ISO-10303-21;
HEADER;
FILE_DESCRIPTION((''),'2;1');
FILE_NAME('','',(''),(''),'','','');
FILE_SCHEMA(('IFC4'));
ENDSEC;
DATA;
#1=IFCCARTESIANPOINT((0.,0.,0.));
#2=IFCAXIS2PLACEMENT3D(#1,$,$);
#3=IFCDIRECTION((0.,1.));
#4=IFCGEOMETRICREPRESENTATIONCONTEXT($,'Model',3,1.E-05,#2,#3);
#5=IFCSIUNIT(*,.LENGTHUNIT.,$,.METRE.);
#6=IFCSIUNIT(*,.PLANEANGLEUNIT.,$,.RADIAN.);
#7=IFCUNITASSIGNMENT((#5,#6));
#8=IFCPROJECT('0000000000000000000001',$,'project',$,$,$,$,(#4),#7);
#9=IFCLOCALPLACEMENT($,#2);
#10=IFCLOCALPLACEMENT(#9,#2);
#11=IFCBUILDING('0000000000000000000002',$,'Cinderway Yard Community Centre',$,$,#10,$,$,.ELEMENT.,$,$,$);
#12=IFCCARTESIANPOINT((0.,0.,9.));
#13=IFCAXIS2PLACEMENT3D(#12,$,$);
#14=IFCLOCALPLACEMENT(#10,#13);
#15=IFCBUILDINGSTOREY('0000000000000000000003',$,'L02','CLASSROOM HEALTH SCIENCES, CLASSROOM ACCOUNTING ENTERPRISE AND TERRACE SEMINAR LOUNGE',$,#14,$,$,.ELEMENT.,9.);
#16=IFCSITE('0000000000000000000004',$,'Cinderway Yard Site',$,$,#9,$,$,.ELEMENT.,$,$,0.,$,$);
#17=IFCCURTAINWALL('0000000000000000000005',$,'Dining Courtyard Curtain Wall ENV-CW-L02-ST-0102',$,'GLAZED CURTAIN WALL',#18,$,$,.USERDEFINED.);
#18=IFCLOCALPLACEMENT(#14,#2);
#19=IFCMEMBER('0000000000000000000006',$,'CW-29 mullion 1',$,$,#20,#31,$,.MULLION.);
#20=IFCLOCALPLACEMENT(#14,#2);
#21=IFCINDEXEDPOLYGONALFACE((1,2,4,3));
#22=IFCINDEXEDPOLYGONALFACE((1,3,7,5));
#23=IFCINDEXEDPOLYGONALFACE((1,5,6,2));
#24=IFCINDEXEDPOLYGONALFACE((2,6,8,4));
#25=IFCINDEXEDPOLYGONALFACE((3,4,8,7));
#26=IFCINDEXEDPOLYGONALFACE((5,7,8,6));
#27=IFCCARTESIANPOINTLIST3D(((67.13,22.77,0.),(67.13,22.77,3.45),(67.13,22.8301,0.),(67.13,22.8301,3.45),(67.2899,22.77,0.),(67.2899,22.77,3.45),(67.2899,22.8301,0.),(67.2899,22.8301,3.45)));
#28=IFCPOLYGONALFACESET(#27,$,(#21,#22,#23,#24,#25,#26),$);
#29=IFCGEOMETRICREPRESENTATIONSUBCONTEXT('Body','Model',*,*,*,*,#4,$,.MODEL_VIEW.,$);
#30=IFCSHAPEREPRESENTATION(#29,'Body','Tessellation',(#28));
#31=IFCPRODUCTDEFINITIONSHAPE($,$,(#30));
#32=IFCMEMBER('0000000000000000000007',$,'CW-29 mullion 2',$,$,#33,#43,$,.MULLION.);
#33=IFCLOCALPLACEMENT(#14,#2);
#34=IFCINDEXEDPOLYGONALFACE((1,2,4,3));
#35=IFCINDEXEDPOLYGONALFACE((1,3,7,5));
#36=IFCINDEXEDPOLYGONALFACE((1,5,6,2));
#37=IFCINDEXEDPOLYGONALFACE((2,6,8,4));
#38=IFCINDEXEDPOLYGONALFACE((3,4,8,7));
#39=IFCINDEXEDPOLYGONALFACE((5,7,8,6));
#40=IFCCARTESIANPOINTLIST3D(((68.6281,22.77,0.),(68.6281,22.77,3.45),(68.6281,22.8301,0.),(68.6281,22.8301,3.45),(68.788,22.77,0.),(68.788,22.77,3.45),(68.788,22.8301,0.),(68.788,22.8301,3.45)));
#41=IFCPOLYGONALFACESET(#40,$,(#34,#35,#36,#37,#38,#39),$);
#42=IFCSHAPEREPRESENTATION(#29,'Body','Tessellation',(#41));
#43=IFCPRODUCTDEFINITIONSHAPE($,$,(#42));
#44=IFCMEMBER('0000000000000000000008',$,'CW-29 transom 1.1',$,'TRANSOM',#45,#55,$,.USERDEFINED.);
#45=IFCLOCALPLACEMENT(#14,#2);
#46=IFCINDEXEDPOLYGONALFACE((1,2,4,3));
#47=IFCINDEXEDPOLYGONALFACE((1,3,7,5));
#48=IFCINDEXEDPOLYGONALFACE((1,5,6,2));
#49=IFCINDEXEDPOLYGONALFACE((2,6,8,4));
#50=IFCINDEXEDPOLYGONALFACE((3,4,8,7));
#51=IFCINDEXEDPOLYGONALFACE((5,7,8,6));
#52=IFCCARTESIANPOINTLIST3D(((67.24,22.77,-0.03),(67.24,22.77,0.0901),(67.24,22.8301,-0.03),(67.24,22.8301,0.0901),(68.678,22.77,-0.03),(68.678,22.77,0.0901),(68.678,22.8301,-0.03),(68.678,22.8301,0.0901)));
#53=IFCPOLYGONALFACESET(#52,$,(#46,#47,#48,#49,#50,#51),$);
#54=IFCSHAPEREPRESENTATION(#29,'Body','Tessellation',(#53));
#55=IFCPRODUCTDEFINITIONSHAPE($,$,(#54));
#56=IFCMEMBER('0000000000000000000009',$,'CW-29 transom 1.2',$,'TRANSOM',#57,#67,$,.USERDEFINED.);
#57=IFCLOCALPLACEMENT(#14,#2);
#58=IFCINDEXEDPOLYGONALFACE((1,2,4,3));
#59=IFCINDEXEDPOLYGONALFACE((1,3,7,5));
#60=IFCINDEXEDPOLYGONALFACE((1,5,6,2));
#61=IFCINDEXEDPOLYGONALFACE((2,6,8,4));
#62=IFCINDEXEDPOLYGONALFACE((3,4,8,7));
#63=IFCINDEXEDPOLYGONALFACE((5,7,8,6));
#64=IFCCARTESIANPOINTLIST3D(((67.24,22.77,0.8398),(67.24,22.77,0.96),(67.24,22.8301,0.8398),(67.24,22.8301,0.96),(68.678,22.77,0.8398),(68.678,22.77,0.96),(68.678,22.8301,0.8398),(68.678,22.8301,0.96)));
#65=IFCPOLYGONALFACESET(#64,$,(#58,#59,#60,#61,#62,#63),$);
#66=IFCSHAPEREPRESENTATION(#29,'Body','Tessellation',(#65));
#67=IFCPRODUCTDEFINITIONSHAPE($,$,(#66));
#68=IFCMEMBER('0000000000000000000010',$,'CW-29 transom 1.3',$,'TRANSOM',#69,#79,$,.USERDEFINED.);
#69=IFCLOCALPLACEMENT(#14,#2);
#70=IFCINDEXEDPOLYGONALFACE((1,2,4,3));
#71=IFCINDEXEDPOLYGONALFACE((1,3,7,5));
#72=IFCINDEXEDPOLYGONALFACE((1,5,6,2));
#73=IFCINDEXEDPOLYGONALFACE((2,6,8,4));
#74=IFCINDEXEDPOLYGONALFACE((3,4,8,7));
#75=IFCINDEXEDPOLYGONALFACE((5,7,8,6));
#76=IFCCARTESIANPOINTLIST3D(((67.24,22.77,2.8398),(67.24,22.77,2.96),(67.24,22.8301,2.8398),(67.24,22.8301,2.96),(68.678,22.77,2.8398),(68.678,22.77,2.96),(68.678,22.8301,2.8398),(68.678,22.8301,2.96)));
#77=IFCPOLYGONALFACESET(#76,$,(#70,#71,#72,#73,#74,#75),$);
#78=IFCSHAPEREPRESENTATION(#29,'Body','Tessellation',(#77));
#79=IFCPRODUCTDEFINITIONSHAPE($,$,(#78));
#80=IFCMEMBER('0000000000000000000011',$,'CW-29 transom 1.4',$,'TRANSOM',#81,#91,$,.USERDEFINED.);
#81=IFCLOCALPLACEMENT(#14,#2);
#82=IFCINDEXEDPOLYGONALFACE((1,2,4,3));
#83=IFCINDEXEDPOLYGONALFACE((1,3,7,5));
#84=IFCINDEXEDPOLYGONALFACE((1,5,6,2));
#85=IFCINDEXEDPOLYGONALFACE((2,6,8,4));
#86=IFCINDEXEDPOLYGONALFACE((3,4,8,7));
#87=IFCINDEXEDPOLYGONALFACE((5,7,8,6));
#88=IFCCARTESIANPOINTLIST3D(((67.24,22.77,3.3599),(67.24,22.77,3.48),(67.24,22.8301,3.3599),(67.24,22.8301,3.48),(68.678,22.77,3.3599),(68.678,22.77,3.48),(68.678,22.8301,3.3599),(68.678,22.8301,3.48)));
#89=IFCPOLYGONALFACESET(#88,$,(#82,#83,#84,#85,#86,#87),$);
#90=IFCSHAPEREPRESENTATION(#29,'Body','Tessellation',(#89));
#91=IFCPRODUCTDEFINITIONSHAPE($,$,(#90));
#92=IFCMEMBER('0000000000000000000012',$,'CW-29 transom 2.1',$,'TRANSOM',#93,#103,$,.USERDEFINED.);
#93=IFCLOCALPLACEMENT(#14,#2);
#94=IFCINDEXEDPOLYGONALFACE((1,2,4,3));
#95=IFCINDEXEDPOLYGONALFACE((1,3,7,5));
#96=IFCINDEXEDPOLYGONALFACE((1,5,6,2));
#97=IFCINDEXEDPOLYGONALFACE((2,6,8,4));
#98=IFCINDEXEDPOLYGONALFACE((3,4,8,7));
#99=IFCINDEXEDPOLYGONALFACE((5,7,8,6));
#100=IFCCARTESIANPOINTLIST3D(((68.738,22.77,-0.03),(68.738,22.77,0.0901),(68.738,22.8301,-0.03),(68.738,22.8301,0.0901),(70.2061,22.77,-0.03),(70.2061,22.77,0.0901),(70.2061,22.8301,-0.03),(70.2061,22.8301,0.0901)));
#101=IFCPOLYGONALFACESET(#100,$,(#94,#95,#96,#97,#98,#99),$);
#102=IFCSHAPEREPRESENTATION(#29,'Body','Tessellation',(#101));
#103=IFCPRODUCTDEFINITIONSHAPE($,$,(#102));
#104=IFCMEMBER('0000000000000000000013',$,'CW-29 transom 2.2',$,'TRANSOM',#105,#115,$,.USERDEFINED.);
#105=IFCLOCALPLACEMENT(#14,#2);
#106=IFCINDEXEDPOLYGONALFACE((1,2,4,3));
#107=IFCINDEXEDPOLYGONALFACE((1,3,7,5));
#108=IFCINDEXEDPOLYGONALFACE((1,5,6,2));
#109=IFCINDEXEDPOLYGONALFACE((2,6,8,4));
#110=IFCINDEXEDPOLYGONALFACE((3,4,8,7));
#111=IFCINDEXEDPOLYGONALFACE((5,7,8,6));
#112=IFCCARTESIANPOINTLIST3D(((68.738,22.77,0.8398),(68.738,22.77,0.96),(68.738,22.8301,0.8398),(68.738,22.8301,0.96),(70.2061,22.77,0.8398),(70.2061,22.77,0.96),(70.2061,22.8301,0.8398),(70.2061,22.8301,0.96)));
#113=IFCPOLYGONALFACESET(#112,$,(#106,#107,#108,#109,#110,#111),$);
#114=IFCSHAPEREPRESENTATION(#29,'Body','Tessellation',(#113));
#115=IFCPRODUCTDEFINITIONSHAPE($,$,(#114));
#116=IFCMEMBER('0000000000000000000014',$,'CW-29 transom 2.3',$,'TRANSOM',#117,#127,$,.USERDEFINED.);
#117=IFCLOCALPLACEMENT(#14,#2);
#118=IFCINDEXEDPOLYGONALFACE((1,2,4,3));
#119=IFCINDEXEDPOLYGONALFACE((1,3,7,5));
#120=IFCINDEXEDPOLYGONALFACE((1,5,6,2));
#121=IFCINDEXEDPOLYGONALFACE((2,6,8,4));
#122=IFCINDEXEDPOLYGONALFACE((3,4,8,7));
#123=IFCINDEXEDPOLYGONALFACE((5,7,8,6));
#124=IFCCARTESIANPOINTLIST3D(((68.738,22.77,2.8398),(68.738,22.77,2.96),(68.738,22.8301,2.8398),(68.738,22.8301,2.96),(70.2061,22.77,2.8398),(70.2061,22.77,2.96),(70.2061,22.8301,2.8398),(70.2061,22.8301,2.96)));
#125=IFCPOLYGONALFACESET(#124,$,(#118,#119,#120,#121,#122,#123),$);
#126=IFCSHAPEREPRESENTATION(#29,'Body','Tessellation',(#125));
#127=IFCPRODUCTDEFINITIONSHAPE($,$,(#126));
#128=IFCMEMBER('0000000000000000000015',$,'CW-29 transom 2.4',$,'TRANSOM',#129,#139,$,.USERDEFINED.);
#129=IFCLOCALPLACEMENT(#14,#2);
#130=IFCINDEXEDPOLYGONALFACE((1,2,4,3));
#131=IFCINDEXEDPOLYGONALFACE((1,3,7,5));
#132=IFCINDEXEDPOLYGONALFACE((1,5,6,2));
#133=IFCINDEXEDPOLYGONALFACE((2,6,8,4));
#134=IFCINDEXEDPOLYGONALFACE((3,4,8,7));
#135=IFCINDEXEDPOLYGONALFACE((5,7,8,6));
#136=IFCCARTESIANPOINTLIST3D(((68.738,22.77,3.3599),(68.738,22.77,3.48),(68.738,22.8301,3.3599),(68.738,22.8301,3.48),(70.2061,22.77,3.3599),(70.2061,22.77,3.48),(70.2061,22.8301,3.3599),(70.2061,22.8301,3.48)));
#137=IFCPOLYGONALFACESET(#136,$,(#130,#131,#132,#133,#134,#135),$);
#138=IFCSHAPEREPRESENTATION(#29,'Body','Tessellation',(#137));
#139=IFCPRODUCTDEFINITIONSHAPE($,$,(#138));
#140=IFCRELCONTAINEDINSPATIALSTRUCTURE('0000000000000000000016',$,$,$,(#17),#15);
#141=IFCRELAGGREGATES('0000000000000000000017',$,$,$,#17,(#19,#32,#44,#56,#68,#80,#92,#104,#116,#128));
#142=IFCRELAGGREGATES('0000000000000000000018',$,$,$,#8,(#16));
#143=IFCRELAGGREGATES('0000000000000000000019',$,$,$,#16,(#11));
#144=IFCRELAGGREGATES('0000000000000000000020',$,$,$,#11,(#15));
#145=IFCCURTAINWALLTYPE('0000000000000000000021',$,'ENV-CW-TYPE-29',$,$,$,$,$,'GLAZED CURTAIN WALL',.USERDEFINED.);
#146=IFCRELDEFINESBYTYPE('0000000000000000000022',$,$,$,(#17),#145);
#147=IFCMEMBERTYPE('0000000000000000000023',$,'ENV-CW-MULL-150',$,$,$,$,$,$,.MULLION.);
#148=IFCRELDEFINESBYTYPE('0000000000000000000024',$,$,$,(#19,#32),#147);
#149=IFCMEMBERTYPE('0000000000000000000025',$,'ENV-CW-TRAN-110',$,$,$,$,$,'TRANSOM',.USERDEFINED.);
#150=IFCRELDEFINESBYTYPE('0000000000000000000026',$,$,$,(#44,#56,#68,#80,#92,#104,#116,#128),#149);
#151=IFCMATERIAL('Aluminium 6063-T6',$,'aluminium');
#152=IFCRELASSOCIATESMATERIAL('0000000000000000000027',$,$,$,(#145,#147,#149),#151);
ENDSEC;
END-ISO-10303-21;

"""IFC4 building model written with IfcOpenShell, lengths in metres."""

from ifc_helpers import new_model, si_unit, direction, frame, origin, origin_2d, place, context, subcontext, project, spatial, rectangle, extrude, material, material_profile, profile_set, type_object, element, aggregate, save


model = new_model("IFC4")

# Units and contexts
model_context = context("Model", 3, precision=1e-05, world=origin(), true_north=direction((0.0, 1.0)))
body_context = subcontext(model_context, "Body", "Model", "MODEL_VIEW")
ifc_project = project(units=[si_unit("LENGTHUNIT", "METRE"), si_unit("PLANEANGLEUNIT", "RADIAN")], contexts=[model_context])

# Site, building, storey
site_placement = place(None, origin())
site = spatial("IfcSite", under=ifc_project, at=site_placement, Name="Cinderway Yard Site", CompositionType="ELEMENT", RefElevation=0.0)
building_placement = place(site_placement, origin())
building = spatial("IfcBuilding", under=site, at=building_placement, Name="Cinderway Yard Community Centre", CompositionType="ELEMENT")
storey_placement = place(building_placement, frame((0.0, 0.0, 9.0)))
storey = spatial("IfcBuildingStorey", under=building, at=storey_placement, Name="L02", Description="CLASSROOM HEALTH SCIENCES, CLASSROOM ACCOUNTING ENTERPRISE AND TERRACE SEMINAR LOUNGE", CompositionType="ELEMENT", Elevation=9.0)

# Curtain wall, members
ifc_material_1 = material(Name="Aluminium 6063-T6", Category="aluminium")
curtain_wall_type = type_object("IfcCurtainWallType", Name="ENV-CW-TYPE-29", ElementType="GLAZED CURTAIN WALL", PredefinedType="USERDEFINED", material=ifc_material_1)
curtain_wall_placement = place(storey_placement, origin())
curtain_wall = element("IfcCurtainWall", 1, at=curtain_wall_placement, inside=storey, type_object=curtain_wall_type, Name="Dining Courtyard Curtain Wall ENV-CW-L02-ST-0102", ObjectType="GLAZED CURTAIN WALL", PredefinedType="USERDEFINED")
ifc_material_profile_1 = material_profile(ifc_material_1, rectangle(XDim=0.0601, YDim=0.1599, at=origin_2d()), Name="Aluminium 6063-T6")
ifc_profile_set_1 = profile_set([ifc_material_profile_1], Name="Aluminium 6063-T6")
member_type_1 = type_object("IfcMemberType", Name="ENV-CW-MULL-150", PredefinedType="MULLION", material=ifc_profile_set_1)
member_1_placement = place(storey_placement, frame((67.21, 22.8, 0.0), z_axis=(0.0, 0.0, 1.0), x_axis=(0.0, 1.0, 0.0)))
member_1 = element("IfcMember", 2, at=member_1_placement, type_object=member_type_1, Name="CW-29 mullion 1", PredefinedType="MULLION", context=body_context, shape_type="SweptSolid", body=[
    extrude(rectangle(XDim=0.0601, YDim=0.1599, at=origin_2d()), origin(), (0.0, 0.0, 1.0), 3.45),
])
member_2_placement = place(storey_placement, frame((68.708, 22.8, 0.0), z_axis=(0.0, 0.0, 1.0), x_axis=(0.0, 1.0, 0.0)))
member_2 = element("IfcMember", 3, at=member_2_placement, type_object=member_type_1, Name="CW-29 mullion 2", PredefinedType="MULLION", context=body_context, shape_type="SweptSolid", body=[
    extrude(rectangle(XDim=0.0601, YDim=0.1599, at=origin_2d()), origin(), (0.0, 0.0, 1.0), 3.45),
])
ifc_material_profile_2 = material_profile(ifc_material_1, rectangle(XDim=0.0601, YDim=0.1201, at=origin_2d()), Name="Aluminium 6063-T6")
ifc_profile_set_2 = profile_set([ifc_material_profile_2], Name="Aluminium 6063-T6")
member_type_2 = type_object("IfcMemberType", Name="ENV-CW-TRAN-110", ElementType="TRANSOM", PredefinedType="USERDEFINED", material=ifc_profile_set_2)
member_3_placement = place(storey_placement, frame((67.24, 22.8, 0.03), z_axis=(1.0, 0.0, 0.0), x_axis=(0.0, 1.0, 0.0)))
member_3 = element("IfcMember", 4, at=member_3_placement, type_object=member_type_2, Name="CW-29 transom 1.1", ObjectType="TRANSOM", PredefinedType="USERDEFINED", context=body_context, shape_type="SweptSolid", body=[
    extrude(rectangle(XDim=0.0601, YDim=0.1201, at=origin_2d()), origin(), (0.0, 0.0, 1.0), 1.438),
])
member_4_placement = place(storey_placement, frame((67.24, 22.8, 0.8999), z_axis=(1.0, 0.0, 0.0), x_axis=(0.0, 1.0, 0.0)))
member_4 = element("IfcMember", 5, at=member_4_placement, type_object=member_type_2, Name="CW-29 transom 1.2", ObjectType="TRANSOM", PredefinedType="USERDEFINED", context=body_context, shape_type="SweptSolid", body=[
    extrude(rectangle(XDim=0.0601, YDim=0.1201, at=origin_2d()), origin(), (0.0, 0.0, 1.0), 1.438),
])
member_5_placement = place(storey_placement, frame((67.24, 22.8, 2.8999), z_axis=(1.0, 0.0, 0.0), x_axis=(0.0, 1.0, 0.0)))
member_5 = element("IfcMember", 6, at=member_5_placement, type_object=member_type_2, Name="CW-29 transom 1.3", ObjectType="TRANSOM", PredefinedType="USERDEFINED", context=body_context, shape_type="SweptSolid", body=[
    extrude(rectangle(XDim=0.0601, YDim=0.1201, at=origin_2d()), origin(), (0.0, 0.0, 1.0), 1.438),
])
member_6_placement = place(storey_placement, frame((67.24, 22.8, 3.4199), z_axis=(1.0, 0.0, 0.0), x_axis=(0.0, 1.0, 0.0)))
member_6 = element("IfcMember", 7, at=member_6_placement, type_object=member_type_2, Name="CW-29 transom 1.4", ObjectType="TRANSOM", PredefinedType="USERDEFINED", context=body_context, shape_type="SweptSolid", body=[
    extrude(rectangle(XDim=0.0601, YDim=0.1201, at=origin_2d()), origin(), (0.0, 0.0, 1.0), 1.438),
])
member_7_placement = place(storey_placement, frame((68.738, 22.8, 0.03), z_axis=(1.0, 0.0, 0.0), x_axis=(0.0, 1.0, 0.0)))
member_7 = element("IfcMember", 8, at=member_7_placement, type_object=member_type_2, Name="CW-29 transom 2.1", ObjectType="TRANSOM", PredefinedType="USERDEFINED", context=body_context, shape_type="SweptSolid", body=[
    extrude(rectangle(XDim=0.0601, YDim=0.1201, at=origin_2d()), origin(), (0.0, 0.0, 1.0), 1.468),
])
member_8_placement = place(storey_placement, frame((68.738, 22.8, 0.8999), z_axis=(1.0, 0.0, 0.0), x_axis=(0.0, 1.0, 0.0)))
member_8 = element("IfcMember", 9, at=member_8_placement, type_object=member_type_2, Name="CW-29 transom 2.2", ObjectType="TRANSOM", PredefinedType="USERDEFINED", context=body_context, shape_type="SweptSolid", body=[
    extrude(rectangle(XDim=0.0601, YDim=0.1201, at=origin_2d()), origin(), (0.0, 0.0, 1.0), 1.468),
])
member_9_placement = place(storey_placement, frame((68.738, 22.8, 2.8999), z_axis=(1.0, 0.0, 0.0), x_axis=(0.0, 1.0, 0.0)))
member_9 = element("IfcMember", 10, at=member_9_placement, type_object=member_type_2, Name="CW-29 transom 2.3", ObjectType="TRANSOM", PredefinedType="USERDEFINED", context=body_context, shape_type="SweptSolid", body=[
    extrude(rectangle(XDim=0.0601, YDim=0.1201, at=origin_2d()), origin(), (0.0, 0.0, 1.0), 1.468),
])
member_10_placement = place(storey_placement, frame((68.738, 22.8, 3.4199), z_axis=(1.0, 0.0, 0.0), x_axis=(0.0, 1.0, 0.0)))
member_10 = element("IfcMember", 11, at=member_10_placement, type_object=member_type_2, Name="CW-29 transom 2.4", ObjectType="TRANSOM", PredefinedType="USERDEFINED", context=body_context, shape_type="SweptSolid", body=[
    extrude(rectangle(XDim=0.0601, YDim=0.1201, at=origin_2d()), origin(), (0.0, 0.0, 1.0), 1.468),
])

aggregate(curtain_wall, [member_1, member_2, member_3, member_4, member_5, member_6, member_7, member_8, member_9, member_10])

save(model, "model.ifc")
